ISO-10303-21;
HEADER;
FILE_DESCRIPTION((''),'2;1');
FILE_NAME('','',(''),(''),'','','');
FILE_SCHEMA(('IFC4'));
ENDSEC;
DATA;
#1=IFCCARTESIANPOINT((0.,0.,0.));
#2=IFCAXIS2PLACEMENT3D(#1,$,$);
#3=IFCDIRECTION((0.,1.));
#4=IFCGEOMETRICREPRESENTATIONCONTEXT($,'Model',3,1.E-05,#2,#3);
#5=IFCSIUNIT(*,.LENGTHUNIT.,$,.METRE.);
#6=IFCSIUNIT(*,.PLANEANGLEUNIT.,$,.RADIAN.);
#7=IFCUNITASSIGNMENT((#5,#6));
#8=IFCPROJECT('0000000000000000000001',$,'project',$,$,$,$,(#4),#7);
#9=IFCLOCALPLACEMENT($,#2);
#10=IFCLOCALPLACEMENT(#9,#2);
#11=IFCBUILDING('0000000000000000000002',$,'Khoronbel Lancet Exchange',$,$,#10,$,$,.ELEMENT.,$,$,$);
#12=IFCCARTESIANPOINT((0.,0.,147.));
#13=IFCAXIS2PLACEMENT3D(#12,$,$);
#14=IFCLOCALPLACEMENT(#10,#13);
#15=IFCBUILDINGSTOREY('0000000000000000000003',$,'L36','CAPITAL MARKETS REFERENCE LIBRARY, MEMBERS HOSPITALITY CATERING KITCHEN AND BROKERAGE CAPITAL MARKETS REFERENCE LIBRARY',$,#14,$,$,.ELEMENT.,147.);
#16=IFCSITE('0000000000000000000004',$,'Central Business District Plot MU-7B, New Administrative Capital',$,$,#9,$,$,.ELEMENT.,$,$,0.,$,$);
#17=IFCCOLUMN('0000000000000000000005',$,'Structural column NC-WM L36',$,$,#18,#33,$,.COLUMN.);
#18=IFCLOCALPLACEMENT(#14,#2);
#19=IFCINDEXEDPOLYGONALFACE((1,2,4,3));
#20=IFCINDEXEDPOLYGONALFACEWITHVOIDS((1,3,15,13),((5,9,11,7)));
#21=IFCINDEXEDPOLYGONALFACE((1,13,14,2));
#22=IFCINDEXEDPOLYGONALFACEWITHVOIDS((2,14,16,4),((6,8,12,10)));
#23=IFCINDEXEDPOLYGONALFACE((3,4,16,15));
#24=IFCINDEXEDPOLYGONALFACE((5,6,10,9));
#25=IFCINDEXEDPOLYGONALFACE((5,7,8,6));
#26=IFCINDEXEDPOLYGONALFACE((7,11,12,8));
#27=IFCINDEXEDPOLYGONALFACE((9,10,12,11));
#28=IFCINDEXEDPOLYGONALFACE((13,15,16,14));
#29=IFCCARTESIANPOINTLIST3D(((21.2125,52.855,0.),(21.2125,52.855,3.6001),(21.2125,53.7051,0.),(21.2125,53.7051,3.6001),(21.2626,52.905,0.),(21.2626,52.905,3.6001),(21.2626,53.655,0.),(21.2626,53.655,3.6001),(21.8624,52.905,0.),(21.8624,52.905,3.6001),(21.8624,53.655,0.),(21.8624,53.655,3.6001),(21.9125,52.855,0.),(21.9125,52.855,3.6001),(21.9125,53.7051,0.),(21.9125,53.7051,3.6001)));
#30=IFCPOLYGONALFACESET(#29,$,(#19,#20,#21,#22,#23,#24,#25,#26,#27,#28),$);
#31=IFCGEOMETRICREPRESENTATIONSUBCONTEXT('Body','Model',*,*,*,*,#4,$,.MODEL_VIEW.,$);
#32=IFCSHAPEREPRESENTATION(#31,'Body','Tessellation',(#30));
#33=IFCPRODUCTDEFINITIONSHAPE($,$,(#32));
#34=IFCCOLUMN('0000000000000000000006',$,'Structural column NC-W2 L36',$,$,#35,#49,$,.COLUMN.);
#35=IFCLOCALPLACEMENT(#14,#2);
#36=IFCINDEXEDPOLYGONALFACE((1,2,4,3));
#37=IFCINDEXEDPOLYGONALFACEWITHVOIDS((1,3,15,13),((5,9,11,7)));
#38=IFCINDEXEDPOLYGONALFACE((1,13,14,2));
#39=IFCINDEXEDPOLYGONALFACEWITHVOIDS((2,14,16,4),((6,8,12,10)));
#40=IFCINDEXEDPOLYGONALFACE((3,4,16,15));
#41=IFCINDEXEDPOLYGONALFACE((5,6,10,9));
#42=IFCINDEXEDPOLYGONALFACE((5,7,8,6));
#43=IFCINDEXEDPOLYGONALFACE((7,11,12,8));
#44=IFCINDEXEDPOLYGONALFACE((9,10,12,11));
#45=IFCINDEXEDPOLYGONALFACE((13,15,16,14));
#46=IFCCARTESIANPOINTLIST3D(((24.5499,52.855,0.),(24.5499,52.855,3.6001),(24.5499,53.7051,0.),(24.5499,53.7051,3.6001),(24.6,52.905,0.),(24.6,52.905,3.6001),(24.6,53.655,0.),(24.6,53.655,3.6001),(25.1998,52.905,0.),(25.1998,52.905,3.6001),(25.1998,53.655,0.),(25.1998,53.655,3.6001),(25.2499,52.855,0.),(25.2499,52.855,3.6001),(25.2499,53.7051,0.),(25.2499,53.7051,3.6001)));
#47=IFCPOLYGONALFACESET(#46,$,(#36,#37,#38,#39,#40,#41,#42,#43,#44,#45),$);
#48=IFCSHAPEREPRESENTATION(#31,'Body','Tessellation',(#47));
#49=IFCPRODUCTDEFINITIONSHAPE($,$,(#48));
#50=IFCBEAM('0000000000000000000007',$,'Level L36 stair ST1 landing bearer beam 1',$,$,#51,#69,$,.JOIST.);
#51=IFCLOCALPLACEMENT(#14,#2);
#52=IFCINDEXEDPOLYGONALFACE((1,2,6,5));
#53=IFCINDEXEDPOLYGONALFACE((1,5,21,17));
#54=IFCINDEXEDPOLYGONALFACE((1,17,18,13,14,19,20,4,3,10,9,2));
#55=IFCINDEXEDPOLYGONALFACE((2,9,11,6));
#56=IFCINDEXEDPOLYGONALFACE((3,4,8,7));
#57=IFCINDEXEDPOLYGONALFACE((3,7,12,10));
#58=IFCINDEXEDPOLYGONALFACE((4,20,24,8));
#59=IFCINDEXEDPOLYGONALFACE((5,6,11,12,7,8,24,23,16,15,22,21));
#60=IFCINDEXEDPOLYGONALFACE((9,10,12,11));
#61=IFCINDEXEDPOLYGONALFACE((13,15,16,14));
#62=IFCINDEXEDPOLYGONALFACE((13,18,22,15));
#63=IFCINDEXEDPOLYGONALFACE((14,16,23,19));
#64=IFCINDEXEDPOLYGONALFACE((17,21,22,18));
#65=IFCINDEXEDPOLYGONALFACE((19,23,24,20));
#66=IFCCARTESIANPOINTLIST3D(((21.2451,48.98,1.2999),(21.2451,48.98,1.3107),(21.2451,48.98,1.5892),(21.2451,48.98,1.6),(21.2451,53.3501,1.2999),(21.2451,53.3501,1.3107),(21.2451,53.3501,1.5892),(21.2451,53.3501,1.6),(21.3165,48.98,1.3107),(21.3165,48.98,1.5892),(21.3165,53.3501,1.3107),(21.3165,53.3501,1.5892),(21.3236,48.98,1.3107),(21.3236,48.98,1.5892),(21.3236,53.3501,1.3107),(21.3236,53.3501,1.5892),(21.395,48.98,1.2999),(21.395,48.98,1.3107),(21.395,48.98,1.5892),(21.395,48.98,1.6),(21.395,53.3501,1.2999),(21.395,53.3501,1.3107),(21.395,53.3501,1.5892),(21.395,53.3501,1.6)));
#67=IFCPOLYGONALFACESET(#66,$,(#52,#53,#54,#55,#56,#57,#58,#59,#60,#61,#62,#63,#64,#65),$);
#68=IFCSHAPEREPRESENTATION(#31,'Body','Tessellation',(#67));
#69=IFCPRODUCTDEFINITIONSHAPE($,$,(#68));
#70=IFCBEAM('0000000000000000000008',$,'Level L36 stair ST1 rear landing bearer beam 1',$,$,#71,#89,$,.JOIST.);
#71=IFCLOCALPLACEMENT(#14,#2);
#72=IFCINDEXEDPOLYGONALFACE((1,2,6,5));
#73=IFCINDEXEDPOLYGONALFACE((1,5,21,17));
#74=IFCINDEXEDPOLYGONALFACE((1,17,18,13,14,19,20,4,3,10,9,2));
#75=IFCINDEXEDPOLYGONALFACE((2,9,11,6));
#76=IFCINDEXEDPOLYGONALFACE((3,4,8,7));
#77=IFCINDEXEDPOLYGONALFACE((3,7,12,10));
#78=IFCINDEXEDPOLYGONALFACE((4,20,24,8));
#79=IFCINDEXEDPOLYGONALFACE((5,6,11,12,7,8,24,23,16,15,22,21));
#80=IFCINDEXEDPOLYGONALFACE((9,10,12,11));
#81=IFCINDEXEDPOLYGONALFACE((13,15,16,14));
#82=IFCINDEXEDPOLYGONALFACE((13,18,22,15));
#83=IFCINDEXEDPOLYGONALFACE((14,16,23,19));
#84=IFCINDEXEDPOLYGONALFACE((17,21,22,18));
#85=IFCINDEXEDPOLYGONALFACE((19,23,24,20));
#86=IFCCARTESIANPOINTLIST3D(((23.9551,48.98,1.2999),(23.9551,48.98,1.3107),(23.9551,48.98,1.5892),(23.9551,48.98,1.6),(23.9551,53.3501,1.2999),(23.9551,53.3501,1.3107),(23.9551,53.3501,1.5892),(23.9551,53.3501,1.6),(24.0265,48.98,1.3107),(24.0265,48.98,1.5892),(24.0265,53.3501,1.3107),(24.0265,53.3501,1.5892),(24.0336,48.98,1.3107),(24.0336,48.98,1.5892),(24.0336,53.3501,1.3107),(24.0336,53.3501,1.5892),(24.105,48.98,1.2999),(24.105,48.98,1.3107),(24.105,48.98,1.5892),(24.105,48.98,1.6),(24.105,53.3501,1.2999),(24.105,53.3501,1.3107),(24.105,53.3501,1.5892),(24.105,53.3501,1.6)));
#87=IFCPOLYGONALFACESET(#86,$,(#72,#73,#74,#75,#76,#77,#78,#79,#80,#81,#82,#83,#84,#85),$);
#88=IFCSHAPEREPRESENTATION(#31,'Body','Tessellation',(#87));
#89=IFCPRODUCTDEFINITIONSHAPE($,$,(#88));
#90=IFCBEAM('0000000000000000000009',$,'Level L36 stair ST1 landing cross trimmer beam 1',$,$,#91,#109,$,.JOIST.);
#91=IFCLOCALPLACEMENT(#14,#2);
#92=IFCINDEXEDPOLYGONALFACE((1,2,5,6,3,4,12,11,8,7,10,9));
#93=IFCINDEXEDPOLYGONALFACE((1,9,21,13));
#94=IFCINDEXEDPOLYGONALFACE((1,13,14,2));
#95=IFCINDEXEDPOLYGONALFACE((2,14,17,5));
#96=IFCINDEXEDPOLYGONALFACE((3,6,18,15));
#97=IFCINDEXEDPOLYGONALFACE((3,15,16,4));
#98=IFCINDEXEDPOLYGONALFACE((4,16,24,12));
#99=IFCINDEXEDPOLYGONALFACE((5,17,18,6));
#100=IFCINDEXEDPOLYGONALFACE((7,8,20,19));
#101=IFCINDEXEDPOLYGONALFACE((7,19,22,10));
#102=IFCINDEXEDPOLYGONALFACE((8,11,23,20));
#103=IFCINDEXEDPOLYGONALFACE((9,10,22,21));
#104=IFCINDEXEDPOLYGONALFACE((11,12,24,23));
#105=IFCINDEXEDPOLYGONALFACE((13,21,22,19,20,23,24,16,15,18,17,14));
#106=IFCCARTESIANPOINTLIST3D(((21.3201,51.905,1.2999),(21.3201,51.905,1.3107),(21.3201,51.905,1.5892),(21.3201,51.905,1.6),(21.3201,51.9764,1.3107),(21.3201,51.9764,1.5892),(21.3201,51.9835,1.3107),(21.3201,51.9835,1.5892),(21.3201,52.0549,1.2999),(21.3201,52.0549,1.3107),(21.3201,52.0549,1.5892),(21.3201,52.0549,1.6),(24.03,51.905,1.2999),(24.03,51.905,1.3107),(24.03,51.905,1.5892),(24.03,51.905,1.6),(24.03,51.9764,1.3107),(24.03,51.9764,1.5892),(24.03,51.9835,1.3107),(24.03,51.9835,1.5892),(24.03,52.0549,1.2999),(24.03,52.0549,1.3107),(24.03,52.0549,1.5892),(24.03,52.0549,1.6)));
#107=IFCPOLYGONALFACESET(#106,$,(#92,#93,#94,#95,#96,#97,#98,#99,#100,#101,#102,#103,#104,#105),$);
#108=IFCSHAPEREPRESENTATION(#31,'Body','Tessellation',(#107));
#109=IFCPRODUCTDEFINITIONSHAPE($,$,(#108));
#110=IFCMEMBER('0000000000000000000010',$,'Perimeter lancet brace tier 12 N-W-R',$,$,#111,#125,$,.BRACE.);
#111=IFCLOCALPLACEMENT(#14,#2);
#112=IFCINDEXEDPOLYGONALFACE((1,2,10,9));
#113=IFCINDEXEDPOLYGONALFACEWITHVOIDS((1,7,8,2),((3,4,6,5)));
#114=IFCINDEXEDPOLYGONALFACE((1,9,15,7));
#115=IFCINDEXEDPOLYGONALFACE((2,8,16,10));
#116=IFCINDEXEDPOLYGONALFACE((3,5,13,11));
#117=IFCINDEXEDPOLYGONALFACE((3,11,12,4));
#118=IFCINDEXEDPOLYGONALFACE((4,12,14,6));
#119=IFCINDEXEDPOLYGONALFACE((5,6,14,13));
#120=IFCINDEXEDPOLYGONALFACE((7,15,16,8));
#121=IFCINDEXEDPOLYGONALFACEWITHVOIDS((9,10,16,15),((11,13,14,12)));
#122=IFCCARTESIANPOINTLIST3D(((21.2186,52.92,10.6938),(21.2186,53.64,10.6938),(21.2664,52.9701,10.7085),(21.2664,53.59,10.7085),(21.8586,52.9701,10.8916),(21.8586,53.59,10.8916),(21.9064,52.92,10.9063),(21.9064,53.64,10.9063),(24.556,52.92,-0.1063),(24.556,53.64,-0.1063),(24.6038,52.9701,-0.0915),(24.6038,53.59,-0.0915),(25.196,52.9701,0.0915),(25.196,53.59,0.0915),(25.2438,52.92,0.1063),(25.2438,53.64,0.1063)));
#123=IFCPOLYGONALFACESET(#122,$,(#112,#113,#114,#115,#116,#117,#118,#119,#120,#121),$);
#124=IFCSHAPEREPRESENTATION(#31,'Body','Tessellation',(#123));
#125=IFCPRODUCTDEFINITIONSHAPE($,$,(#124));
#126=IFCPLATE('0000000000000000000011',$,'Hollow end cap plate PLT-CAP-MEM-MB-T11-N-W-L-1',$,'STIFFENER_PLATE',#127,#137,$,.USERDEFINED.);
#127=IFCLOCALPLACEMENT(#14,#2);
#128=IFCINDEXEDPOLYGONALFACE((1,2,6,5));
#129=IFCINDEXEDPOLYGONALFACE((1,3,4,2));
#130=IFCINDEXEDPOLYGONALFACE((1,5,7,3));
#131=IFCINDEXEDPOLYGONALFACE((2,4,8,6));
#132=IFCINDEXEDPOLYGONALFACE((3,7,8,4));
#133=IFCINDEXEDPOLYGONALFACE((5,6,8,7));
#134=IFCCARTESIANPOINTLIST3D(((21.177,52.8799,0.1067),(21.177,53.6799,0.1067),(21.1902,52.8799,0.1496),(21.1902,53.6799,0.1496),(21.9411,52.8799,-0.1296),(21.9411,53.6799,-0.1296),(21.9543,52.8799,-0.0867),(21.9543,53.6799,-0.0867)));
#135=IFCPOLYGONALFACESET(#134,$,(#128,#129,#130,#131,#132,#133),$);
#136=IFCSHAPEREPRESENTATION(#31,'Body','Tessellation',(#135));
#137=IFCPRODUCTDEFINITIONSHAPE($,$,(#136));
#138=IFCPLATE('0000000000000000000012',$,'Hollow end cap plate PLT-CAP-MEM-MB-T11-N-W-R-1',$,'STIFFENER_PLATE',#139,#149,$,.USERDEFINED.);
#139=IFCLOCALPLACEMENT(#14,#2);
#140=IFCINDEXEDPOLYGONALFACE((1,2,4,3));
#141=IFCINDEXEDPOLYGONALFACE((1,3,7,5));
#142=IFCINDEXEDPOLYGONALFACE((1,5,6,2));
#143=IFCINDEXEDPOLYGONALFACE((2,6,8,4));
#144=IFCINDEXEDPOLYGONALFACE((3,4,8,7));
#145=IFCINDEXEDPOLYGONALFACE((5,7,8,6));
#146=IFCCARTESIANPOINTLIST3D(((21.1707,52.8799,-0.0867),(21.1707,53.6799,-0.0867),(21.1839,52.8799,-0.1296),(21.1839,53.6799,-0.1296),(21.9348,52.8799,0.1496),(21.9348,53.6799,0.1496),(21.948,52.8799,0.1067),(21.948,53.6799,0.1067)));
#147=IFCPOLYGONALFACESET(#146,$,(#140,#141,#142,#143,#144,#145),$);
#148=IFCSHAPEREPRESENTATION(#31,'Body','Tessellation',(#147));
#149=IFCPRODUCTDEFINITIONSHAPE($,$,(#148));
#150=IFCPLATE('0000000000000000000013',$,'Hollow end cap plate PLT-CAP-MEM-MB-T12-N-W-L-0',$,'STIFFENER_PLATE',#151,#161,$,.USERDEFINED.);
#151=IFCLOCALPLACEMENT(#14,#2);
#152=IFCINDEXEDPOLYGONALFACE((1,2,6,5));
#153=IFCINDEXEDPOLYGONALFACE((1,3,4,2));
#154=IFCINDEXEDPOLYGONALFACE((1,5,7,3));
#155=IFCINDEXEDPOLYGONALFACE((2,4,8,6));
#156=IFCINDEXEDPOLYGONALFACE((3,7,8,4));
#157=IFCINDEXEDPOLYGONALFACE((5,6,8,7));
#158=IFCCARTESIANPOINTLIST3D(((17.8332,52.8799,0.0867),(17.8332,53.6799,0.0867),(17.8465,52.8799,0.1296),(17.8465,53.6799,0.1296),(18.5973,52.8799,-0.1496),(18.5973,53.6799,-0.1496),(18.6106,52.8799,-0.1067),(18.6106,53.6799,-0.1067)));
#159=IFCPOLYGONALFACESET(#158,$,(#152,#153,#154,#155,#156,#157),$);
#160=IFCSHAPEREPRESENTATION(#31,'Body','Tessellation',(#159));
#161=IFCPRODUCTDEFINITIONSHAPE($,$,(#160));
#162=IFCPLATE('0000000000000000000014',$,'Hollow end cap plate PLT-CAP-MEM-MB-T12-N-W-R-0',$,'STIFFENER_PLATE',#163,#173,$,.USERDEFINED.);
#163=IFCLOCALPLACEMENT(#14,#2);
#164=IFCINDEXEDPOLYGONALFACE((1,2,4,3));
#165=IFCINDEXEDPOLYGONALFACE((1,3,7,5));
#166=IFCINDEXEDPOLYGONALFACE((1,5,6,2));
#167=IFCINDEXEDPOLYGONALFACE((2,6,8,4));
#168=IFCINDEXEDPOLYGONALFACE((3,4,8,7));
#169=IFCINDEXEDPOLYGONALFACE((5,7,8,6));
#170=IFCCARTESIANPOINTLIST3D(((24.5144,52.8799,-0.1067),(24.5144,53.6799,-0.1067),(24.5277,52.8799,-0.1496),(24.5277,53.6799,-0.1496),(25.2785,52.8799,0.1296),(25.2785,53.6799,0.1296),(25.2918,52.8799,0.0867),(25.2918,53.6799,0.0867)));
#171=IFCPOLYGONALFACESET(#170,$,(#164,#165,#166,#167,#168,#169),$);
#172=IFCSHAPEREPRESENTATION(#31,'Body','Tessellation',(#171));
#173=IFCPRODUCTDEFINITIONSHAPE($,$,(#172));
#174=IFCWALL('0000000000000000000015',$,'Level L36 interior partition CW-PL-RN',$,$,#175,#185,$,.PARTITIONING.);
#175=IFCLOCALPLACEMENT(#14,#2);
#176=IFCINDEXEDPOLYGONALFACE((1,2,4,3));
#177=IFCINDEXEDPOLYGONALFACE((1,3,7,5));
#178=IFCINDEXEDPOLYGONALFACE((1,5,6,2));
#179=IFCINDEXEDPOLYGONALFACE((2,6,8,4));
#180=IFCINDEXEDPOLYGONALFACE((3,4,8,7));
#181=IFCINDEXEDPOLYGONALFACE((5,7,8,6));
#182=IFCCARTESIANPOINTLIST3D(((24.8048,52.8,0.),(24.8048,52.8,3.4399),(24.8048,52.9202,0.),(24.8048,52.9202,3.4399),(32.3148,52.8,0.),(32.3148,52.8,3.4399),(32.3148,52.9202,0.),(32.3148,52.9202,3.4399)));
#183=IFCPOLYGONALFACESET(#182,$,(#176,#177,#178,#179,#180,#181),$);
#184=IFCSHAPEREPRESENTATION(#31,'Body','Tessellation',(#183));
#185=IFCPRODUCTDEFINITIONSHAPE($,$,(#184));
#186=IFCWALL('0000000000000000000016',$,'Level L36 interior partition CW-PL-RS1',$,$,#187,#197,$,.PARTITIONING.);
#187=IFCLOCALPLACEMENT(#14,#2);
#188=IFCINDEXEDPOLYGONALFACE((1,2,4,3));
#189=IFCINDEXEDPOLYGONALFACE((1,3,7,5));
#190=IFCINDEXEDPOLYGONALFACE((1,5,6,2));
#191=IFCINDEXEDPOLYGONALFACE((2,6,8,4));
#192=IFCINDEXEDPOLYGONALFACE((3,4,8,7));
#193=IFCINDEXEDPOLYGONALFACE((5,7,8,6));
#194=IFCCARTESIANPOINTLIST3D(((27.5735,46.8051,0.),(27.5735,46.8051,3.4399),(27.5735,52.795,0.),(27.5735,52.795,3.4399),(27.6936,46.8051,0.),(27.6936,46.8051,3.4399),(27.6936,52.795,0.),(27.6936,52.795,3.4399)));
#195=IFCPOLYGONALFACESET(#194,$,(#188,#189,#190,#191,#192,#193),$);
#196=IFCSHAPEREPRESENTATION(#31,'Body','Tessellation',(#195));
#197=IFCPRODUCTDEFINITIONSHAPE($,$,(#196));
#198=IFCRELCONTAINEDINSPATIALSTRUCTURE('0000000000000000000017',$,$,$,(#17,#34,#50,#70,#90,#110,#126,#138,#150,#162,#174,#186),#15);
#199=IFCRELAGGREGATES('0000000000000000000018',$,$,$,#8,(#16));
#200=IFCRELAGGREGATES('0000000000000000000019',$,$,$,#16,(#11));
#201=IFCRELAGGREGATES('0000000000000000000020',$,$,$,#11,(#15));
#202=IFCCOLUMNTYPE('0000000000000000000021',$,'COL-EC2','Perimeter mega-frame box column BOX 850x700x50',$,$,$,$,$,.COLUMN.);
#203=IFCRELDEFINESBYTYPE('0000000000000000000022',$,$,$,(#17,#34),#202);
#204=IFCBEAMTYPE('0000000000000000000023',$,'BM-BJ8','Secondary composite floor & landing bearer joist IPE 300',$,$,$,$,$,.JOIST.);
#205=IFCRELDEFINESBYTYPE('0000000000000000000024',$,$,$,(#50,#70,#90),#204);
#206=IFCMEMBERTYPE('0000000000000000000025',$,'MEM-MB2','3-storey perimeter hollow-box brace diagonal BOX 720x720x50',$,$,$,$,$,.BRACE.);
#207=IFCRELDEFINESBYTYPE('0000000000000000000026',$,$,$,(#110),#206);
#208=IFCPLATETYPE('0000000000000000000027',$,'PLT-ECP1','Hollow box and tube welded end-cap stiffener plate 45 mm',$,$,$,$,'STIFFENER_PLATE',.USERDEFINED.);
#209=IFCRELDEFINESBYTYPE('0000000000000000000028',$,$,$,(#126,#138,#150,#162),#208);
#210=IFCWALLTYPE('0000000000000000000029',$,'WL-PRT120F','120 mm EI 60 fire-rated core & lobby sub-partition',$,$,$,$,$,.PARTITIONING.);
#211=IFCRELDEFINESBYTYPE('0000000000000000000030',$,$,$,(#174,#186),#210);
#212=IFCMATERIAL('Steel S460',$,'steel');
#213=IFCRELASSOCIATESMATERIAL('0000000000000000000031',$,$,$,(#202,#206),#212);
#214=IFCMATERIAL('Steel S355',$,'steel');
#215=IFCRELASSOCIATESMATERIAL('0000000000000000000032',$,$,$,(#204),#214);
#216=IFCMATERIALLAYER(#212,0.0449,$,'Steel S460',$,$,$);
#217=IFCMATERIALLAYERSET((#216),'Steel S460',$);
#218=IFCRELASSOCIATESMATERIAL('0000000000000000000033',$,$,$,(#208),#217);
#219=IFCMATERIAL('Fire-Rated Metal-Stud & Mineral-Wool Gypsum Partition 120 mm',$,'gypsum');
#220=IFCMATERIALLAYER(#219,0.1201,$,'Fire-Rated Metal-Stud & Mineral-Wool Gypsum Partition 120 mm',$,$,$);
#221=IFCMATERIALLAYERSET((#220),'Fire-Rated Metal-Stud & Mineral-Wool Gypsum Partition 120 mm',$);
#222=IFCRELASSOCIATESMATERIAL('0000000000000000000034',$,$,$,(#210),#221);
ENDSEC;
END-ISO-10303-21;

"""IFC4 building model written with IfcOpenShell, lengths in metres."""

from ifc_helpers import new_model, si_unit, direction, frame, frame_2d, origin, origin_2d, place, context, subcontext, project, spatial, polyline, rectangle, hollow_rectangle, i_section, outline, extrude, material, layer, layer_set, material_profile, profile_set, type_object, element, save


model = new_model("IFC4")

# Units and contexts
model_context = context("Model", 3, precision=1e-05, world=origin(), true_north=direction((0.0, 1.0)))
body_context = subcontext(model_context, "Body", "Model", "MODEL_VIEW")
ifc_project = project(units=[si_unit("LENGTHUNIT", "METRE"), si_unit("PLANEANGLEUNIT", "RADIAN")], contexts=[model_context])

# Site, building, storey
site_placement = place(None, origin())
site = spatial("IfcSite", under=ifc_project, at=site_placement, Name="Central Business District Plot MU-7B, New Administrative Capital", CompositionType="ELEMENT", RefElevation=0.0)
building_placement = place(site_placement, origin())
building = spatial("IfcBuilding", under=site, at=building_placement, Name="Khoronbel Lancet Exchange", CompositionType="ELEMENT")
storey_placement = place(building_placement, frame((0.0, 0.0, 147.0)))
storey = spatial("IfcBuildingStorey", under=building, at=storey_placement, Name="L36", Description="CAPITAL MARKETS REFERENCE LIBRARY, MEMBERS HOSPITALITY CATERING KITCHEN AND BROKERAGE CAPITAL MARKETS REFERENCE LIBRARY", CompositionType="ELEMENT", Elevation=147.0)

# Columns
ifc_material_1 = material(Name="Steel S460", Category="steel")
ifc_material_profile_1 = material_profile(ifc_material_1, hollow_rectangle(XDim=0.7, YDim=0.8501, WallThickness=0.05, at=origin_2d()), Name="BOX 850x700x50")
ifc_profile_set_1 = profile_set([ifc_material_profile_1], Name="Steel S460")
column_type = type_object("IfcColumnType", Name="COL-EC2", Description="Perimeter mega-frame box column BOX 850x700x50", PredefinedType="COLUMN", material=ifc_profile_set_1)
for number, where, z_axis, x_axis, name in (
    (1, (21.5625, 53.28, 0.0), (0.0, 0.0, 1.0), (1.0, 0.0, 0.0), "Structural column NC-WM L36"),
    (2, (24.8999, 53.28, 0.0), (0.0, 0.0, 1.0), (1.0, 0.0, 0.0), "Structural column NC-W2 L36"),
):
    element("IfcColumn", number, at=place(storey_placement, frame(where, z_axis=z_axis, x_axis=x_axis)), inside=storey, type_object=column_type, Name=name, PredefinedType="COLUMN", context=body_context, shape_type="SweptSolid", body=[
        extrude(hollow_rectangle(XDim=0.7, YDim=0.8501, WallThickness=0.05, at=origin_2d()), origin(), (0.0, 0.0, 1.0), 3.6001),
    ])

# Beams
ifc_material_2 = material(Name="Steel S355", Category="steel")
ifc_material_profile_2 = material_profile(ifc_material_2, i_section(OverallWidth=0.1499, OverallDepth=0.3, WebThickness=0.0071, FlangeThickness=0.0107, at=origin_2d()), Name="IPE 300")
ifc_profile_set_2 = profile_set([ifc_material_profile_2], Name="Steel S355")
beam_type = type_object("IfcBeamType", Name="BM-BJ8", Description="Secondary composite floor & landing bearer joist IPE 300", PredefinedType="JOIST", material=ifc_profile_set_2)
for number, where, z_axis, x_axis, name in (
    (3, (21.3201, 48.98, 1.45), (0.0, 1.0, 0.0), (-1.0, 0.0, 0.0), "Level L36 stair ST1 landing bearer beam 1"),
    (4, (24.03, 48.98, 1.45), (0.0, 1.0, 0.0), (-1.0, 0.0, 0.0), "Level L36 stair ST1 rear landing bearer beam 1"),
):
    element("IfcBeam", number, at=place(storey_placement, frame(where, z_axis=z_axis, x_axis=x_axis)), inside=storey, type_object=beam_type, Name=name, PredefinedType="JOIST", context=body_context, shape_type="SweptSolid", body=[
        extrude(i_section(OverallWidth=0.1499, OverallDepth=0.3, WebThickness=0.0071, FlangeThickness=0.0107, at=origin_2d()), origin(), (0.0, 0.0, 1.0), 4.3701),
    ])
beam_placement = place(storey_placement, frame((21.3201, 51.98, 1.45), z_axis=(1.0, 0.0, 0.0), x_axis=(0.0, 1.0, 0.0)))
element("IfcBeam", 5, at=beam_placement, inside=storey, type_object=beam_type, Name="Level L36 stair ST1 landing cross trimmer beam 1", PredefinedType="JOIST", context=body_context, shape_type="SweptSolid", body=[
    extrude(i_section(OverallWidth=0.1499, OverallDepth=0.3, WebThickness=0.0071, FlangeThickness=0.0107, at=origin_2d()), origin(), (0.0, 0.0, 1.0), 2.71),
])

# Member
ifc_material_profile_3 = material_profile(ifc_material_1, hollow_rectangle(XDim=0.72, YDim=0.72, WallThickness=0.05, at=origin_2d()), Name="BOX 720x720x50")
ifc_profile_set_3 = profile_set([ifc_material_profile_3], Name="Steel S460")
member_type = type_object("IfcMemberType", Name="MEM-MB2", Description="3-storey perimeter hollow-box brace diagonal BOX 720x720x50", PredefinedType="BRACE", material=ifc_profile_set_3)
member_placement = place(storey_placement, frame((24.8999, 53.28, 0.0), z_axis=(-0.295242, 0.0, 0.955422), x_axis=(0.0, -1.0, 0.0)))
element("IfcMember", 6, at=member_placement, inside=storey, type_object=member_type, Name="Perimeter lancet brace tier 12 N-W-R", PredefinedType="BRACE", context=body_context, shape_type="SweptSolid", body=[
    extrude(hollow_rectangle(XDim=0.72, YDim=0.72, WallThickness=0.05, at=origin_2d()), origin(), (0.0, 0.0, 1.0), 11.304),
])

# Plates
ifc_layer_1 = layer(ifc_material_1, 0.0449, Name="Steel S460")
ifc_layer_set_1 = layer_set([ifc_layer_1], Name="Steel S460")
plate_type = type_object("IfcPlateType", Name="PLT-ECP1", Description="Hollow box and tube welded end-cap stiffener plate 45 mm", ElementType="STIFFENER_PLATE", PredefinedType="USERDEFINED", material=ifc_layer_set_1)
for number, where, z_axis, x_axis, name in (
    (7, (21.9543, 52.8799, -0.0867), (0.295458, 0.0, 0.955356), (0.0, 1.0, 0.0), "Hollow end cap plate PLT-CAP-MEM-MB-T11-N-W-L-1"),
    (8, (21.1707, 53.6799, -0.0867), (-0.295458, 0.0, 0.955356), (0.0, -1.0, 0.0), "Hollow end cap plate PLT-CAP-MEM-MB-T11-N-W-R-1"),
    (9, (18.6106, 52.8799, -0.1067), (0.295458, 0.0, 0.955356), (0.0, 1.0, 0.0), "Hollow end cap plate PLT-CAP-MEM-MB-T12-N-W-L-0"),
    (10, (24.5144, 53.6799, -0.1067), (-0.295458, 0.0, 0.955356), (0.0, -1.0, 0.0), "Hollow end cap plate PLT-CAP-MEM-MB-T12-N-W-R-0"),
):
    element("IfcPlate", number, at=place(storey_placement, frame(where, z_axis=z_axis, x_axis=x_axis)), inside=storey, type_object=plate_type, Name=name, ObjectType="STIFFENER_PLATE", PredefinedType="USERDEFINED", context=body_context, shape_type="SweptSolid", body=[
        extrude(outline(polyline([(0.0, 0.0), (0.8, 0.0), (0.8, 0.7998), (0.0, 0.7998), (0.0, 0.0)])), origin(), (0.0, 0.0, -1.0), 0.0449),
    ])

# Walls
ifc_material_3 = material(Name="Fire-Rated Metal-Stud & Mineral-Wool Gypsum Partition 120 mm", Category="gypsum")
ifc_layer_2 = layer(ifc_material_3, 0.1201, Name="Fire-Rated Metal-Stud & Mineral-Wool Gypsum Partition 120 mm")
ifc_layer_set_2 = layer_set([ifc_layer_2], Name="Fire-Rated Metal-Stud & Mineral-Wool Gypsum Partition 120 mm")
wall_type_1 = type_object("IfcWallType", Name="WL-PRT120F", Description="120 mm EI 60 fire-rated core & lobby sub-partition", PredefinedType="PARTITIONING", material=ifc_layer_set_2)
wall_1_placement = place(storey_placement, frame((24.8049, 52.8601, 0.0), z_axis=(0.0, 0.0, 1.0), x_axis=(1.0, 0.0, 0.0)))
element("IfcWall", 11, at=wall_1_placement, inside=storey, type_object=wall_type_1, Name="Level L36 interior partition CW-PL-RN", PredefinedType="PARTITIONING", context=body_context, shape_type="SweptSolid", body=[
    extrude(rectangle(XDim=7.51, YDim=0.1201, at=frame_2d((3.7549, 0.0))), origin(), (0.0, 0.0, 1.0), 3.4399),
])
wall_2_placement = place(storey_placement, frame((27.6335, 46.8049, 0.0), z_axis=(0.0, 0.0, 1.0), x_axis=(0.0, 1.0, 0.0)))
element("IfcWall", 12, at=wall_2_placement, inside=storey, type_object=wall_type_1, Name="Level L36 interior partition CW-PL-RS1", PredefinedType="PARTITIONING", context=body_context, shape_type="SweptSolid", body=[
    extrude(rectangle(XDim=5.99, YDim=0.1201, at=frame_2d((2.9951, 0.0))), origin(), (0.0, 0.0, 1.0), 3.4399),
])

save(model, "model.ifc")
